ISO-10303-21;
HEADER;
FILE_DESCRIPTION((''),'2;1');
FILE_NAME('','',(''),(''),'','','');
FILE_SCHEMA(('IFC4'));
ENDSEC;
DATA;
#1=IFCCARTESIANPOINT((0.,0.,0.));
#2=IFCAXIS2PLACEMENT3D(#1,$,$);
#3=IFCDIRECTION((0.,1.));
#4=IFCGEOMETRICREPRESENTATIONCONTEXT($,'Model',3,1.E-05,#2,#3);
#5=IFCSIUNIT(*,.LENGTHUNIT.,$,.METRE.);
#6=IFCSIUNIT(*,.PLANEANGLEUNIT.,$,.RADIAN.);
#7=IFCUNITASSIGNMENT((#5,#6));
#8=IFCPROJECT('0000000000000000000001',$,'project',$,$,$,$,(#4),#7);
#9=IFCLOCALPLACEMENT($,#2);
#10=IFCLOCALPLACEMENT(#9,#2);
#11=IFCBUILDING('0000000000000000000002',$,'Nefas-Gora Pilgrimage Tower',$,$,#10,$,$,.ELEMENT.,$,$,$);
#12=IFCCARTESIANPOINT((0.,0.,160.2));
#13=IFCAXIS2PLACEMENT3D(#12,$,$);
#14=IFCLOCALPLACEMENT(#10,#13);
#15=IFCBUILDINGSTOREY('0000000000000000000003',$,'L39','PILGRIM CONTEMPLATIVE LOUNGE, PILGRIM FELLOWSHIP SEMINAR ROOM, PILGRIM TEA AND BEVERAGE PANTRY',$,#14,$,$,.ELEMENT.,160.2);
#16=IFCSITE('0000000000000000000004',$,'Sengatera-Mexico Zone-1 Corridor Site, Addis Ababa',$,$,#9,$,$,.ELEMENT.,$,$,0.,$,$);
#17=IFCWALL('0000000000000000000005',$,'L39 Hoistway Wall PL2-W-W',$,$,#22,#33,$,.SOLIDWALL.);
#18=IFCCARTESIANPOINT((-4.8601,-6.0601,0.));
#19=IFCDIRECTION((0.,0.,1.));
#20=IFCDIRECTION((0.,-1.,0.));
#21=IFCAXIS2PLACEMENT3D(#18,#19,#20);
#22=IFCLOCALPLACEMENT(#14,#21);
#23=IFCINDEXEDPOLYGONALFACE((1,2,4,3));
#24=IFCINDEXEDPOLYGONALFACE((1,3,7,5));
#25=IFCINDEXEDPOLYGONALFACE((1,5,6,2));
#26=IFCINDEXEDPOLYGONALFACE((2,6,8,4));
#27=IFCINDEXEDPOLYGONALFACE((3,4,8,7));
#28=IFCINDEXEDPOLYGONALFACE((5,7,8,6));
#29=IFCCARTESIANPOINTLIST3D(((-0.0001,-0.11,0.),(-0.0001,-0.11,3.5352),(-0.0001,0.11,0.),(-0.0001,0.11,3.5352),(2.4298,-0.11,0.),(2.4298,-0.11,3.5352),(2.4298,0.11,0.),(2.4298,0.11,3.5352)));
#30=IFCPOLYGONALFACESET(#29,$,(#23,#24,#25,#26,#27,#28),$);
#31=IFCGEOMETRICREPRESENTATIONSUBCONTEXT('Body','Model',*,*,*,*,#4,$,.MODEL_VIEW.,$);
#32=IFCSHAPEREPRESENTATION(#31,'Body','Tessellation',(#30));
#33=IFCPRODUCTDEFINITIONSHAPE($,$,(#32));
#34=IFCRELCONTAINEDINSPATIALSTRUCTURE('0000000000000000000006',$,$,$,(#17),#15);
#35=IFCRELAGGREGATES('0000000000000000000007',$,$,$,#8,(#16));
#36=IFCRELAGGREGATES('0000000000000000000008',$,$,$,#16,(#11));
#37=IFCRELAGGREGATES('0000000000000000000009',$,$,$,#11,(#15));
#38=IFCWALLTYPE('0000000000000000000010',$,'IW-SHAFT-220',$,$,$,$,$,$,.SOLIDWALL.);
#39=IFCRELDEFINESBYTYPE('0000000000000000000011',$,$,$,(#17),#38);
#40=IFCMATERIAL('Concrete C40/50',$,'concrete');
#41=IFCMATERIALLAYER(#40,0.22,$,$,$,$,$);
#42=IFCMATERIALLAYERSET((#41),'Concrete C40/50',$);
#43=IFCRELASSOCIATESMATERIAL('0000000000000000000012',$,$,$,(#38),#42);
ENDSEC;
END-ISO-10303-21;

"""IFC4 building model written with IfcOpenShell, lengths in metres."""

from ifc_helpers import new_model, si_unit, direction, frame, frame_2d, origin, place, context, subcontext, project, spatial, rectangle, extrude, source, transform, mapped, material, layer, layer_set, type_object, element, save


model = new_model("IFC4")

# Units and contexts
model_context = context("Model", 3, precision=1e-05, world=origin(), true_north=direction((0.0, 1.0)))
body_context = subcontext(model_context, "Body", "Model", "MODEL_VIEW")
ifc_project = project(units=[si_unit("LENGTHUNIT", "METRE"), si_unit("PLANEANGLEUNIT", "RADIAN")], contexts=[model_context])

# Site, building, storey
site_placement = place(None, origin())
site = spatial("IfcSite", under=ifc_project, at=site_placement, Name="Sengatera-Mexico Zone-1 Corridor Site, Addis Ababa", CompositionType="ELEMENT", RefElevation=0.0)
building_placement = place(site_placement, origin())
building = spatial("IfcBuilding", under=site, at=building_placement, Name="Nefas-Gora Pilgrimage Tower", CompositionType="ELEMENT")
storey_placement = place(building_placement, frame((0.0, 0.0, 160.2)))
storey = spatial("IfcBuildingStorey", under=building, at=storey_placement, Name="L39", Description="PILGRIM CONTEMPLATIVE LOUNGE, PILGRIM FELLOWSHIP SEMINAR ROOM, PILGRIM TEA AND BEVERAGE PANTRY", CompositionType="ELEMENT", Elevation=160.2)

# Wall
ifc_material_1 = material(Name="Concrete C40/50", Category="concrete")
ifc_layer_1 = layer(ifc_material_1, 0.22)
ifc_layer_set_1 = layer_set([ifc_layer_1], Name="Concrete C40/50")
wall_type_1 = type_object("IfcWallType", Name="IW-SHAFT-220", PredefinedType="SOLIDWALL", material=ifc_layer_set_1)
shared_shape_1 = source(origin(), body_context, "Body", "SweptSolid", [
    extrude(rectangle(XDim=2.4299, YDim=0.22, at=frame_2d((1.2148, 0.0))), origin(), (0.0, 0.0, 1.0), 3.5352),
])
wall_1_placement = place(storey_placement, frame((-4.8601, -6.0601, 0.0), z_axis=(0.0, 0.0, 1.0), x_axis=(0.0, -1.0, 0.0)))
element("IfcWall", 1, at=wall_1_placement, inside=storey, type_object=wall_type_1, Name="L39 Hoistway Wall PL2-W-W", PredefinedType="SOLIDWALL", context=body_context, shape_type="MappedRepresentation", body=[
    mapped(shared_shape_1, transform((0.0, 0.0, 0.0), x_axis=(1.0, 0.0, 0.0), y_axis=(0.0, 1.0, 0.0), z_axis=(0.0, 0.0, 1.0), scale=1.0)),
])

save(model, "model.ifc")
